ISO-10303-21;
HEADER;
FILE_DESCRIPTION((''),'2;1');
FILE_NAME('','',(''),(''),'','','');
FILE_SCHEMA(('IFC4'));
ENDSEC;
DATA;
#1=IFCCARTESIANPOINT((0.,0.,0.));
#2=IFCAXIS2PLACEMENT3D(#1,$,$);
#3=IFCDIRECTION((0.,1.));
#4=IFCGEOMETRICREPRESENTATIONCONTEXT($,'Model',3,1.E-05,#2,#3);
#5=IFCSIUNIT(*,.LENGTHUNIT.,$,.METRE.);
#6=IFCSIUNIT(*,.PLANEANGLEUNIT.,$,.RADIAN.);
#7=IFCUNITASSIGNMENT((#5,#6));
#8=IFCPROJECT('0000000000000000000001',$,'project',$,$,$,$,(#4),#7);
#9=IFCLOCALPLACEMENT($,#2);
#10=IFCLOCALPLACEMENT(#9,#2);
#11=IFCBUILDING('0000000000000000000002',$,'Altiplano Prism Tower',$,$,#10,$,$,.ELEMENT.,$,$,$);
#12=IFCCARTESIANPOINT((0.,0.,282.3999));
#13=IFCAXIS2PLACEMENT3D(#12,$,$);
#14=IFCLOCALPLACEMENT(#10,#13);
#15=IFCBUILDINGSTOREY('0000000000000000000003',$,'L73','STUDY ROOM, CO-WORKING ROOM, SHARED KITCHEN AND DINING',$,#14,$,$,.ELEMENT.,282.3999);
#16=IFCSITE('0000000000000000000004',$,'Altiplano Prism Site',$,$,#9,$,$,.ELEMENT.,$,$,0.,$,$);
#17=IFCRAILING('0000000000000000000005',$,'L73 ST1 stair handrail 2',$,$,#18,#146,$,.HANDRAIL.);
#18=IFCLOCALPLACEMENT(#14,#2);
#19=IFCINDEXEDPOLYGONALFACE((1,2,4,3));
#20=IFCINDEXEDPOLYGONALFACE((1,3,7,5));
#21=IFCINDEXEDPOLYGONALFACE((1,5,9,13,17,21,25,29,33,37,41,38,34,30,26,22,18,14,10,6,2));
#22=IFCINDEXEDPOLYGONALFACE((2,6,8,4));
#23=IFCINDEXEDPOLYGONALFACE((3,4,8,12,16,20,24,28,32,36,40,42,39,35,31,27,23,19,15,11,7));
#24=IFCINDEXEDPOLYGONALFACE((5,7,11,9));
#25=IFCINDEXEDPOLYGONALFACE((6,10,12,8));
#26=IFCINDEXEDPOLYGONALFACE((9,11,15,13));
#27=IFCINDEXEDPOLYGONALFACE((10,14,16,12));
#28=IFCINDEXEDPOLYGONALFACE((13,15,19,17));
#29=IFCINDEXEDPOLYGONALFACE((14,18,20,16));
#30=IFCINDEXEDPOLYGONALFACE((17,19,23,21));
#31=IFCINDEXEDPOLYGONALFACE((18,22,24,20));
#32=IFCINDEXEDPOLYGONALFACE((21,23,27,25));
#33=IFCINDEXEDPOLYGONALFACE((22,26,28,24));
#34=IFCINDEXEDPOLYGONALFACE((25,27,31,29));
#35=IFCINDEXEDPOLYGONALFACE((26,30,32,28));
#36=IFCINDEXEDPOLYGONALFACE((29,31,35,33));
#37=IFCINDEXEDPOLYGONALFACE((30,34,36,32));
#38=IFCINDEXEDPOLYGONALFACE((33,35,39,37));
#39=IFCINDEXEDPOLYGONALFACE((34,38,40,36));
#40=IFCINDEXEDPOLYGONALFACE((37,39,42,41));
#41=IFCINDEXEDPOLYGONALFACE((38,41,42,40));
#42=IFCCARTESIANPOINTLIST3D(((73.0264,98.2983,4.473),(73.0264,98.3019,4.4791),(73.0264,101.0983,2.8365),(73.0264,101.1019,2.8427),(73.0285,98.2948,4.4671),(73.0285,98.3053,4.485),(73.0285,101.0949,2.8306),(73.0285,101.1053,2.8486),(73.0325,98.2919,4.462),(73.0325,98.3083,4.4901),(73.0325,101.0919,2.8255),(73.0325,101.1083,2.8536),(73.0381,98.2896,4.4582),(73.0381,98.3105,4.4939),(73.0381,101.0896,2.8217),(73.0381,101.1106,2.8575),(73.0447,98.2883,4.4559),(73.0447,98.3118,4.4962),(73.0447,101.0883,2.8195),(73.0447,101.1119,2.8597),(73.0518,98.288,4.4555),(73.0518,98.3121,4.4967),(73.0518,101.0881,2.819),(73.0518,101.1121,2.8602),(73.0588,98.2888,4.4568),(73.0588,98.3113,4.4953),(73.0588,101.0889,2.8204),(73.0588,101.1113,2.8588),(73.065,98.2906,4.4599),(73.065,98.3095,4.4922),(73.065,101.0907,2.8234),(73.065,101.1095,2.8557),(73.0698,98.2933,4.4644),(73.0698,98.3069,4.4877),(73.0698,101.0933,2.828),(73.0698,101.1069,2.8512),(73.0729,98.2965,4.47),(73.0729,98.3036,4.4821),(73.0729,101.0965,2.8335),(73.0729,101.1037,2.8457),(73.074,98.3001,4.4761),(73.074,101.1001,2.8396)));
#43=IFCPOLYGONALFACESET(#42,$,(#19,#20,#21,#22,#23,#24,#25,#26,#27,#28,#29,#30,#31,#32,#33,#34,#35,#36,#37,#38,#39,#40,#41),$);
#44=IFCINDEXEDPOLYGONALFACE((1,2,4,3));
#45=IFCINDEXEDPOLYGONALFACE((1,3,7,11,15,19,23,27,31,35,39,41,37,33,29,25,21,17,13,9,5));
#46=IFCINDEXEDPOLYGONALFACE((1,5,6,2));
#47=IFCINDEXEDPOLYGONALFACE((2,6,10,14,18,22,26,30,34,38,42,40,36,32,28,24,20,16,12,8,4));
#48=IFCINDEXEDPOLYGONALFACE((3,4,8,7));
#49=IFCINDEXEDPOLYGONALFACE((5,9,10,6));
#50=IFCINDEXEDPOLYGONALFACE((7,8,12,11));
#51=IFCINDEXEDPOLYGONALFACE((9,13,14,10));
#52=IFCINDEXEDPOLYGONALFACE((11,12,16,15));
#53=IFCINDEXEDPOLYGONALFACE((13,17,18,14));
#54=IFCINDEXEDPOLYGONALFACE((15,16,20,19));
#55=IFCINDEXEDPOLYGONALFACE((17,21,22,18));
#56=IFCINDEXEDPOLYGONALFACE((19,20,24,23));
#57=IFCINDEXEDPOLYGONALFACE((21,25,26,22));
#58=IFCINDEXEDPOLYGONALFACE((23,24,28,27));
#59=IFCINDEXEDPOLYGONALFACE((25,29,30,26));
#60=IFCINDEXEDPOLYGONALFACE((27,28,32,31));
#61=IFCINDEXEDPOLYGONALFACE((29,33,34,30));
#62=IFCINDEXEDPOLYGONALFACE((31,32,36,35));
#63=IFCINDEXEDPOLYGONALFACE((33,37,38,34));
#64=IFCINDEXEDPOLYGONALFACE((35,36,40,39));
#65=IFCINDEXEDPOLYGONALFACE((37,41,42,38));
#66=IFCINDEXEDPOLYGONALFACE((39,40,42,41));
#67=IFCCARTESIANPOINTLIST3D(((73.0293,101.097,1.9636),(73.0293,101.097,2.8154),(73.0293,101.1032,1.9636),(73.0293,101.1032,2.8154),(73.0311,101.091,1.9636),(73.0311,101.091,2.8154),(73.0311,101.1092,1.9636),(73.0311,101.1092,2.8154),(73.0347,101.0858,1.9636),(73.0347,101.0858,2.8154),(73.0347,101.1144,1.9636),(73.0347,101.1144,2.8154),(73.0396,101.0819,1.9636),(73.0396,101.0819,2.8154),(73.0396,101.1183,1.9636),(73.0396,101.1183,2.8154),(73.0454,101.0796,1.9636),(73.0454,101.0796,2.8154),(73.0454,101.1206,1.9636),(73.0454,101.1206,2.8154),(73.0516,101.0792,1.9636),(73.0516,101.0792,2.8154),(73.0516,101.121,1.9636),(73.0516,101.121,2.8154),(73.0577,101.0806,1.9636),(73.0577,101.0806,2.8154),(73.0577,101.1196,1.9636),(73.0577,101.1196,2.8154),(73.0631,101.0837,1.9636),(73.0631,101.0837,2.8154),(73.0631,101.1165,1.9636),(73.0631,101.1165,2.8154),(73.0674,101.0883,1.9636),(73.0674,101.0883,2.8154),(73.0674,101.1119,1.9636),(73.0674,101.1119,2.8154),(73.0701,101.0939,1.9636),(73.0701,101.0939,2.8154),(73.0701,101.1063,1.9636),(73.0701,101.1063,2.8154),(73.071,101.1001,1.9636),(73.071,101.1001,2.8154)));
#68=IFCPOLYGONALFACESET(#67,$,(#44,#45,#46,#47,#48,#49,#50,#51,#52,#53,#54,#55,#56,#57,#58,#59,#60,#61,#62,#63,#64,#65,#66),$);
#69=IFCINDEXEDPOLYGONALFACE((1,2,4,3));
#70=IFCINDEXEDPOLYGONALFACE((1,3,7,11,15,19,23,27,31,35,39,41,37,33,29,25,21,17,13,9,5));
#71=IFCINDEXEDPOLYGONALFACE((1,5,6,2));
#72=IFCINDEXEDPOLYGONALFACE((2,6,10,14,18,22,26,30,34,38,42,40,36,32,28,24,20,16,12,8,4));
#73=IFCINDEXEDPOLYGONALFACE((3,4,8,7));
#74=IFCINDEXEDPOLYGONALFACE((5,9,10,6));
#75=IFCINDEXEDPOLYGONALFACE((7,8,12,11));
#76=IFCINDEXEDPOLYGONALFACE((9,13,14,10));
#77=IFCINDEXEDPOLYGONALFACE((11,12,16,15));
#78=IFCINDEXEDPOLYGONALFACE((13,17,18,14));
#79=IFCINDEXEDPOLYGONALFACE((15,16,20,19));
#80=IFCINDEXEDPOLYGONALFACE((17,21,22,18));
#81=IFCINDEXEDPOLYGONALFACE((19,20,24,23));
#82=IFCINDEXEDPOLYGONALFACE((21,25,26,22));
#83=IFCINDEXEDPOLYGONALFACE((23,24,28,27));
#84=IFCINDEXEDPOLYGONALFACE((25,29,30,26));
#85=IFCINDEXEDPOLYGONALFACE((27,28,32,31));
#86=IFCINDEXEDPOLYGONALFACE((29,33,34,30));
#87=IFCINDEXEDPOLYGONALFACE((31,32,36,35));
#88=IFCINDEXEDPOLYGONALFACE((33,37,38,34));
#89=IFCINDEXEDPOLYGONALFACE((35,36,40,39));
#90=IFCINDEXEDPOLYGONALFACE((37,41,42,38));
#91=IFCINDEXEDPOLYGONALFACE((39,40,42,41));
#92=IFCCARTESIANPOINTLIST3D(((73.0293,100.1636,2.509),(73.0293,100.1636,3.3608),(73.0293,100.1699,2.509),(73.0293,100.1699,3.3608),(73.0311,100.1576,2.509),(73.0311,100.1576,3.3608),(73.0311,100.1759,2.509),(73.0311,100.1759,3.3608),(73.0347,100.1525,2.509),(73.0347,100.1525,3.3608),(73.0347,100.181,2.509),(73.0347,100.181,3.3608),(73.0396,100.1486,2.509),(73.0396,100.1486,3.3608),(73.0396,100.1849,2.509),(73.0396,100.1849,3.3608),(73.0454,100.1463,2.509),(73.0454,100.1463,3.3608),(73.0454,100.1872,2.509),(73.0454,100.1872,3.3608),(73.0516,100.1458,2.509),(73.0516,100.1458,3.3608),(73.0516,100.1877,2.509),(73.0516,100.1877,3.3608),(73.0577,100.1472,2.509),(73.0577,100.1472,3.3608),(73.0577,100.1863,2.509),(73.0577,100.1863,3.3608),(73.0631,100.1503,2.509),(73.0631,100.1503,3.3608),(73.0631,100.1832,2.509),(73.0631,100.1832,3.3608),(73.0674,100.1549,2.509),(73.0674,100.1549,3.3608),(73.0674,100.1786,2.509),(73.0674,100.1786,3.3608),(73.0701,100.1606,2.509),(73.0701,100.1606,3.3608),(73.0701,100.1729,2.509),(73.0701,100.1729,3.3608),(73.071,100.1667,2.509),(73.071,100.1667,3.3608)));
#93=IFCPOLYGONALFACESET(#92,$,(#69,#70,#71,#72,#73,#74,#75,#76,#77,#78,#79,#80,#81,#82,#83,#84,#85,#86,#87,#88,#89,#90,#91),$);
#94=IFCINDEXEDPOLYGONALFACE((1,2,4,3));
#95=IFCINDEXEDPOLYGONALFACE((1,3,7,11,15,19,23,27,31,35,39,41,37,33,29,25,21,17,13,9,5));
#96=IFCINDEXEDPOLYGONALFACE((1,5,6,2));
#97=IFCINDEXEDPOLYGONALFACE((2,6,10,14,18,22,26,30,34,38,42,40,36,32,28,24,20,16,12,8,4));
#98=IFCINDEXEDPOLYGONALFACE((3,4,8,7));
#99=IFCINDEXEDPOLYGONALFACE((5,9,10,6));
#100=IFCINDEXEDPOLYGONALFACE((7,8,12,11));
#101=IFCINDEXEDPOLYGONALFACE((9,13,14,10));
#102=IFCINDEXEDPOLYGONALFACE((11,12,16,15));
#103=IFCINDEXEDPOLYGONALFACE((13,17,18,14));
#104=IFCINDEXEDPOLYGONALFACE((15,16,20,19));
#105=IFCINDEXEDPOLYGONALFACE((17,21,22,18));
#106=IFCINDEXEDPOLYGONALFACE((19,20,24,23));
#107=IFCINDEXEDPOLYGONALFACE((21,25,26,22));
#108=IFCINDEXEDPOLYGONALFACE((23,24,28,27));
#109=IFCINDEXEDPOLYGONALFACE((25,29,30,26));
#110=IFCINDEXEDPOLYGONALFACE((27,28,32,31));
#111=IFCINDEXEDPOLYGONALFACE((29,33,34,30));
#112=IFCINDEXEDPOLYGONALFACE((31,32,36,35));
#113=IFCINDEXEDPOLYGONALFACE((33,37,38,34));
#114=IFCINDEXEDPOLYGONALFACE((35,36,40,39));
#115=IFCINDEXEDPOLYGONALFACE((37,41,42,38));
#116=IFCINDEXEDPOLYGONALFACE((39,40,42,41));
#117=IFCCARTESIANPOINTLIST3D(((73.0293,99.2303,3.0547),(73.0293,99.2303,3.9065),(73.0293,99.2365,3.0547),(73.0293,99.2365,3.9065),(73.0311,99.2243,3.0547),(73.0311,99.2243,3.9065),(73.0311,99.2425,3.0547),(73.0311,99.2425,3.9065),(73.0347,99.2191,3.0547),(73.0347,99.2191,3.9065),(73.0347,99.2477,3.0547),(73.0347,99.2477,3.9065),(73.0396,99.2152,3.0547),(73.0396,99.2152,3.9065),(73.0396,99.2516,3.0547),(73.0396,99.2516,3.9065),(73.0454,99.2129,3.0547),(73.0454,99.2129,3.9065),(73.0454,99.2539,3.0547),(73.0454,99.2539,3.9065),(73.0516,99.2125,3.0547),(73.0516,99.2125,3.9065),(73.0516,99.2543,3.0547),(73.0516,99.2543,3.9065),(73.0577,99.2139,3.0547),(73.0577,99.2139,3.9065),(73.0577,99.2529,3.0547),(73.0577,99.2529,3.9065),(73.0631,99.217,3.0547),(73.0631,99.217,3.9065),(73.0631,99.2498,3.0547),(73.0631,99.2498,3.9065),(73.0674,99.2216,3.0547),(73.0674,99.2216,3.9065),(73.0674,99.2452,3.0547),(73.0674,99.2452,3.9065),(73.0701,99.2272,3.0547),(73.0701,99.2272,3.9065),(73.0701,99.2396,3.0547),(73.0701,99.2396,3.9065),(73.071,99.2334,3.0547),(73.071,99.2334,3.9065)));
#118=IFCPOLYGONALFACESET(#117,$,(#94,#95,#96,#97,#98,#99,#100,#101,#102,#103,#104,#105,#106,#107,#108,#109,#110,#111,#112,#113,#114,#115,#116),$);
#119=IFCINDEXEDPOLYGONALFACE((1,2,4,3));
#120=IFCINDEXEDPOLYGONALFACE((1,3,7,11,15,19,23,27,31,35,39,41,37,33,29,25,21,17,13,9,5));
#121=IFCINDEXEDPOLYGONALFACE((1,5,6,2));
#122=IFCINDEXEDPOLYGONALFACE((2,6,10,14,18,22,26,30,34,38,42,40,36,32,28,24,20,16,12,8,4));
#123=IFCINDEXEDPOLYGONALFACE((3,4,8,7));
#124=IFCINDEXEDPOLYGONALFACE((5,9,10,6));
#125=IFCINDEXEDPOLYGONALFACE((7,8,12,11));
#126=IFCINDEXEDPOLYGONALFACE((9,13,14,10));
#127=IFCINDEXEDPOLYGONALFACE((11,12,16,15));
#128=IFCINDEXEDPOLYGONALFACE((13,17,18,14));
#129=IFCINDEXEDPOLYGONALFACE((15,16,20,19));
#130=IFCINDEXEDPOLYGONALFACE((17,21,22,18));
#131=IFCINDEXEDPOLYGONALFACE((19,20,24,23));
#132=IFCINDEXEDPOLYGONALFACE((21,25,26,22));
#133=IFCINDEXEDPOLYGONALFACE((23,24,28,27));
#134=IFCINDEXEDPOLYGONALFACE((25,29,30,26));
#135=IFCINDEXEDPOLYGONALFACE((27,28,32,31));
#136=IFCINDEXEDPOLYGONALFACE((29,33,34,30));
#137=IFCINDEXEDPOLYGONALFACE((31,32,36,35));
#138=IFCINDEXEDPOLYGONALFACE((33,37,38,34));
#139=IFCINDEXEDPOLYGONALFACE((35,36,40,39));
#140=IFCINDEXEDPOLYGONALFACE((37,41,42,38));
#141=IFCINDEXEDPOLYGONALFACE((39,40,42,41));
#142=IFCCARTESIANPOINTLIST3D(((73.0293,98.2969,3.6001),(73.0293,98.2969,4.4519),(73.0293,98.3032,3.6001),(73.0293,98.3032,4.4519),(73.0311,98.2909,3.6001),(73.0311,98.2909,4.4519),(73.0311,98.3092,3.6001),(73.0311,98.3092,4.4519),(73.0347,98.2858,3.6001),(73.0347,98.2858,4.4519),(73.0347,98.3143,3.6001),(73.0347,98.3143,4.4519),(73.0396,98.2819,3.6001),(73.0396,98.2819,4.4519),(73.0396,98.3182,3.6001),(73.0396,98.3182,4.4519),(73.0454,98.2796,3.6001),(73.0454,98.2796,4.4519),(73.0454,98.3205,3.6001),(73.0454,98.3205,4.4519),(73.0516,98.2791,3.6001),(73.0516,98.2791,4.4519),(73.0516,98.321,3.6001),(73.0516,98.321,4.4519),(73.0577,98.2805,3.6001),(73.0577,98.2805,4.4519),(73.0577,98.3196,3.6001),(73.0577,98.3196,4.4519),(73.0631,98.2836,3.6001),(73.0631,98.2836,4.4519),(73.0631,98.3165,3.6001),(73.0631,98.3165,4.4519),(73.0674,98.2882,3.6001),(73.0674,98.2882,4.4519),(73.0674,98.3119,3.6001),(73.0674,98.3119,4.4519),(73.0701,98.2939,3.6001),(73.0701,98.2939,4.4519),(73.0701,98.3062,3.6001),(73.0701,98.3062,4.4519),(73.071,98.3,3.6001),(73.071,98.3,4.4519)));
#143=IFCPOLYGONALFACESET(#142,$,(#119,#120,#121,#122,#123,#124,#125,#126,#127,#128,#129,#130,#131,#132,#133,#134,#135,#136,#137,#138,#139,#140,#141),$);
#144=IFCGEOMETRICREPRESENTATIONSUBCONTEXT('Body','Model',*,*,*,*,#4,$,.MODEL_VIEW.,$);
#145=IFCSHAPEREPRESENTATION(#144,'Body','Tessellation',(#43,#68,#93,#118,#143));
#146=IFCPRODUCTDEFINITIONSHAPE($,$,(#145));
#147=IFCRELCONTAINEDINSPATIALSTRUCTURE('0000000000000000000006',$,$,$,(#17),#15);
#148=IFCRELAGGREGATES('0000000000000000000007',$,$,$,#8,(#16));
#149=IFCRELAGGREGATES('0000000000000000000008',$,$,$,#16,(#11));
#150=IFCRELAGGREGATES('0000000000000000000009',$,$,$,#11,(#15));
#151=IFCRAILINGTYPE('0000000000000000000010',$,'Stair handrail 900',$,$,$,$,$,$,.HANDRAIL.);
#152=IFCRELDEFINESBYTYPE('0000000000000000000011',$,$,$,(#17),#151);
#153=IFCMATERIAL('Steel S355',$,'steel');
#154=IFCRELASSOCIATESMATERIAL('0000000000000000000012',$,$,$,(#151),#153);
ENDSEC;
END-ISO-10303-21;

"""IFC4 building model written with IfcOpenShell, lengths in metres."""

from ifc_helpers import new_model, si_unit, direction, frame, origin, origin_2d, place, context, subcontext, project, spatial, circle, extrude, material, type_object, element, save


model = new_model("IFC4")

# Units and contexts
model_context = context("Model", 3, precision=1e-05, world=origin(), true_north=direction((0.0, 1.0)))
body_context = subcontext(model_context, "Body", "Model", "MODEL_VIEW")
ifc_project = project(units=[si_unit("LENGTHUNIT", "METRE"), si_unit("PLANEANGLEUNIT", "RADIAN")], contexts=[model_context])

# Site, building, storey
site_placement = place(None, origin())
site = spatial("IfcSite", under=ifc_project, at=site_placement, Name="Altiplano Prism Site", CompositionType="ELEMENT", RefElevation=0.0)
building_placement = place(site_placement, origin())
building = spatial("IfcBuilding", under=site, at=building_placement, Name="Altiplano Prism Tower", CompositionType="ELEMENT")
storey_placement = place(building_placement, frame((0.0, 0.0, 282.3999)))
storey = spatial("IfcBuildingStorey", under=building, at=storey_placement, Name="L73", Description="STUDY ROOM, CO-WORKING ROOM, SHARED KITCHEN AND DINING", CompositionType="ELEMENT", Elevation=282.3999)

# Shared definitions
ifc_material_1 = material(Name="Steel S355", Category="steel")

# Railing
railing_type_1 = type_object("IfcRailingType", Name="Stair handrail 900", PredefinedType="HANDRAIL", material=ifc_material_1)
railing_1_placement = place(storey_placement, frame((73.05, 101.1001, 1.9636)))
element("IfcRailing", 1, at=railing_1_placement, inside=storey, type_object=railing_type_1, Name="L73 ST1 stair handrail 2", PredefinedType="HANDRAIL", context=body_context, shape_type="SweptSolid", body=[
    extrude(circle(Radius=0.0239, at=origin_2d()), frame((0.0, 0.0, 0.876), z_axis=(0.0, -0.863361, 0.504587), x_axis=(1.0, 0.0, 0.0)), (0.0, 0.0, 1.0), 3.2432),
    extrude(circle(Radius=0.021, at=origin_2d()), origin(), (0.0, 0.0, 1.0), 0.8518),
    extrude(circle(Radius=0.021, at=origin_2d()), frame((0.0, -0.9333, 0.5454)), (0.0, 0.0, 1.0), 0.8518),
    extrude(circle(Radius=0.021, at=origin_2d()), frame((0.0, -1.8667, 1.0911)), (0.0, 0.0, 1.0), 0.8518),
    extrude(circle(Radius=0.021, at=origin_2d()), frame((0.0, -2.8, 1.6365)), (0.0, 0.0, 1.0), 0.8518),
])

save(model, "model.ifc")
